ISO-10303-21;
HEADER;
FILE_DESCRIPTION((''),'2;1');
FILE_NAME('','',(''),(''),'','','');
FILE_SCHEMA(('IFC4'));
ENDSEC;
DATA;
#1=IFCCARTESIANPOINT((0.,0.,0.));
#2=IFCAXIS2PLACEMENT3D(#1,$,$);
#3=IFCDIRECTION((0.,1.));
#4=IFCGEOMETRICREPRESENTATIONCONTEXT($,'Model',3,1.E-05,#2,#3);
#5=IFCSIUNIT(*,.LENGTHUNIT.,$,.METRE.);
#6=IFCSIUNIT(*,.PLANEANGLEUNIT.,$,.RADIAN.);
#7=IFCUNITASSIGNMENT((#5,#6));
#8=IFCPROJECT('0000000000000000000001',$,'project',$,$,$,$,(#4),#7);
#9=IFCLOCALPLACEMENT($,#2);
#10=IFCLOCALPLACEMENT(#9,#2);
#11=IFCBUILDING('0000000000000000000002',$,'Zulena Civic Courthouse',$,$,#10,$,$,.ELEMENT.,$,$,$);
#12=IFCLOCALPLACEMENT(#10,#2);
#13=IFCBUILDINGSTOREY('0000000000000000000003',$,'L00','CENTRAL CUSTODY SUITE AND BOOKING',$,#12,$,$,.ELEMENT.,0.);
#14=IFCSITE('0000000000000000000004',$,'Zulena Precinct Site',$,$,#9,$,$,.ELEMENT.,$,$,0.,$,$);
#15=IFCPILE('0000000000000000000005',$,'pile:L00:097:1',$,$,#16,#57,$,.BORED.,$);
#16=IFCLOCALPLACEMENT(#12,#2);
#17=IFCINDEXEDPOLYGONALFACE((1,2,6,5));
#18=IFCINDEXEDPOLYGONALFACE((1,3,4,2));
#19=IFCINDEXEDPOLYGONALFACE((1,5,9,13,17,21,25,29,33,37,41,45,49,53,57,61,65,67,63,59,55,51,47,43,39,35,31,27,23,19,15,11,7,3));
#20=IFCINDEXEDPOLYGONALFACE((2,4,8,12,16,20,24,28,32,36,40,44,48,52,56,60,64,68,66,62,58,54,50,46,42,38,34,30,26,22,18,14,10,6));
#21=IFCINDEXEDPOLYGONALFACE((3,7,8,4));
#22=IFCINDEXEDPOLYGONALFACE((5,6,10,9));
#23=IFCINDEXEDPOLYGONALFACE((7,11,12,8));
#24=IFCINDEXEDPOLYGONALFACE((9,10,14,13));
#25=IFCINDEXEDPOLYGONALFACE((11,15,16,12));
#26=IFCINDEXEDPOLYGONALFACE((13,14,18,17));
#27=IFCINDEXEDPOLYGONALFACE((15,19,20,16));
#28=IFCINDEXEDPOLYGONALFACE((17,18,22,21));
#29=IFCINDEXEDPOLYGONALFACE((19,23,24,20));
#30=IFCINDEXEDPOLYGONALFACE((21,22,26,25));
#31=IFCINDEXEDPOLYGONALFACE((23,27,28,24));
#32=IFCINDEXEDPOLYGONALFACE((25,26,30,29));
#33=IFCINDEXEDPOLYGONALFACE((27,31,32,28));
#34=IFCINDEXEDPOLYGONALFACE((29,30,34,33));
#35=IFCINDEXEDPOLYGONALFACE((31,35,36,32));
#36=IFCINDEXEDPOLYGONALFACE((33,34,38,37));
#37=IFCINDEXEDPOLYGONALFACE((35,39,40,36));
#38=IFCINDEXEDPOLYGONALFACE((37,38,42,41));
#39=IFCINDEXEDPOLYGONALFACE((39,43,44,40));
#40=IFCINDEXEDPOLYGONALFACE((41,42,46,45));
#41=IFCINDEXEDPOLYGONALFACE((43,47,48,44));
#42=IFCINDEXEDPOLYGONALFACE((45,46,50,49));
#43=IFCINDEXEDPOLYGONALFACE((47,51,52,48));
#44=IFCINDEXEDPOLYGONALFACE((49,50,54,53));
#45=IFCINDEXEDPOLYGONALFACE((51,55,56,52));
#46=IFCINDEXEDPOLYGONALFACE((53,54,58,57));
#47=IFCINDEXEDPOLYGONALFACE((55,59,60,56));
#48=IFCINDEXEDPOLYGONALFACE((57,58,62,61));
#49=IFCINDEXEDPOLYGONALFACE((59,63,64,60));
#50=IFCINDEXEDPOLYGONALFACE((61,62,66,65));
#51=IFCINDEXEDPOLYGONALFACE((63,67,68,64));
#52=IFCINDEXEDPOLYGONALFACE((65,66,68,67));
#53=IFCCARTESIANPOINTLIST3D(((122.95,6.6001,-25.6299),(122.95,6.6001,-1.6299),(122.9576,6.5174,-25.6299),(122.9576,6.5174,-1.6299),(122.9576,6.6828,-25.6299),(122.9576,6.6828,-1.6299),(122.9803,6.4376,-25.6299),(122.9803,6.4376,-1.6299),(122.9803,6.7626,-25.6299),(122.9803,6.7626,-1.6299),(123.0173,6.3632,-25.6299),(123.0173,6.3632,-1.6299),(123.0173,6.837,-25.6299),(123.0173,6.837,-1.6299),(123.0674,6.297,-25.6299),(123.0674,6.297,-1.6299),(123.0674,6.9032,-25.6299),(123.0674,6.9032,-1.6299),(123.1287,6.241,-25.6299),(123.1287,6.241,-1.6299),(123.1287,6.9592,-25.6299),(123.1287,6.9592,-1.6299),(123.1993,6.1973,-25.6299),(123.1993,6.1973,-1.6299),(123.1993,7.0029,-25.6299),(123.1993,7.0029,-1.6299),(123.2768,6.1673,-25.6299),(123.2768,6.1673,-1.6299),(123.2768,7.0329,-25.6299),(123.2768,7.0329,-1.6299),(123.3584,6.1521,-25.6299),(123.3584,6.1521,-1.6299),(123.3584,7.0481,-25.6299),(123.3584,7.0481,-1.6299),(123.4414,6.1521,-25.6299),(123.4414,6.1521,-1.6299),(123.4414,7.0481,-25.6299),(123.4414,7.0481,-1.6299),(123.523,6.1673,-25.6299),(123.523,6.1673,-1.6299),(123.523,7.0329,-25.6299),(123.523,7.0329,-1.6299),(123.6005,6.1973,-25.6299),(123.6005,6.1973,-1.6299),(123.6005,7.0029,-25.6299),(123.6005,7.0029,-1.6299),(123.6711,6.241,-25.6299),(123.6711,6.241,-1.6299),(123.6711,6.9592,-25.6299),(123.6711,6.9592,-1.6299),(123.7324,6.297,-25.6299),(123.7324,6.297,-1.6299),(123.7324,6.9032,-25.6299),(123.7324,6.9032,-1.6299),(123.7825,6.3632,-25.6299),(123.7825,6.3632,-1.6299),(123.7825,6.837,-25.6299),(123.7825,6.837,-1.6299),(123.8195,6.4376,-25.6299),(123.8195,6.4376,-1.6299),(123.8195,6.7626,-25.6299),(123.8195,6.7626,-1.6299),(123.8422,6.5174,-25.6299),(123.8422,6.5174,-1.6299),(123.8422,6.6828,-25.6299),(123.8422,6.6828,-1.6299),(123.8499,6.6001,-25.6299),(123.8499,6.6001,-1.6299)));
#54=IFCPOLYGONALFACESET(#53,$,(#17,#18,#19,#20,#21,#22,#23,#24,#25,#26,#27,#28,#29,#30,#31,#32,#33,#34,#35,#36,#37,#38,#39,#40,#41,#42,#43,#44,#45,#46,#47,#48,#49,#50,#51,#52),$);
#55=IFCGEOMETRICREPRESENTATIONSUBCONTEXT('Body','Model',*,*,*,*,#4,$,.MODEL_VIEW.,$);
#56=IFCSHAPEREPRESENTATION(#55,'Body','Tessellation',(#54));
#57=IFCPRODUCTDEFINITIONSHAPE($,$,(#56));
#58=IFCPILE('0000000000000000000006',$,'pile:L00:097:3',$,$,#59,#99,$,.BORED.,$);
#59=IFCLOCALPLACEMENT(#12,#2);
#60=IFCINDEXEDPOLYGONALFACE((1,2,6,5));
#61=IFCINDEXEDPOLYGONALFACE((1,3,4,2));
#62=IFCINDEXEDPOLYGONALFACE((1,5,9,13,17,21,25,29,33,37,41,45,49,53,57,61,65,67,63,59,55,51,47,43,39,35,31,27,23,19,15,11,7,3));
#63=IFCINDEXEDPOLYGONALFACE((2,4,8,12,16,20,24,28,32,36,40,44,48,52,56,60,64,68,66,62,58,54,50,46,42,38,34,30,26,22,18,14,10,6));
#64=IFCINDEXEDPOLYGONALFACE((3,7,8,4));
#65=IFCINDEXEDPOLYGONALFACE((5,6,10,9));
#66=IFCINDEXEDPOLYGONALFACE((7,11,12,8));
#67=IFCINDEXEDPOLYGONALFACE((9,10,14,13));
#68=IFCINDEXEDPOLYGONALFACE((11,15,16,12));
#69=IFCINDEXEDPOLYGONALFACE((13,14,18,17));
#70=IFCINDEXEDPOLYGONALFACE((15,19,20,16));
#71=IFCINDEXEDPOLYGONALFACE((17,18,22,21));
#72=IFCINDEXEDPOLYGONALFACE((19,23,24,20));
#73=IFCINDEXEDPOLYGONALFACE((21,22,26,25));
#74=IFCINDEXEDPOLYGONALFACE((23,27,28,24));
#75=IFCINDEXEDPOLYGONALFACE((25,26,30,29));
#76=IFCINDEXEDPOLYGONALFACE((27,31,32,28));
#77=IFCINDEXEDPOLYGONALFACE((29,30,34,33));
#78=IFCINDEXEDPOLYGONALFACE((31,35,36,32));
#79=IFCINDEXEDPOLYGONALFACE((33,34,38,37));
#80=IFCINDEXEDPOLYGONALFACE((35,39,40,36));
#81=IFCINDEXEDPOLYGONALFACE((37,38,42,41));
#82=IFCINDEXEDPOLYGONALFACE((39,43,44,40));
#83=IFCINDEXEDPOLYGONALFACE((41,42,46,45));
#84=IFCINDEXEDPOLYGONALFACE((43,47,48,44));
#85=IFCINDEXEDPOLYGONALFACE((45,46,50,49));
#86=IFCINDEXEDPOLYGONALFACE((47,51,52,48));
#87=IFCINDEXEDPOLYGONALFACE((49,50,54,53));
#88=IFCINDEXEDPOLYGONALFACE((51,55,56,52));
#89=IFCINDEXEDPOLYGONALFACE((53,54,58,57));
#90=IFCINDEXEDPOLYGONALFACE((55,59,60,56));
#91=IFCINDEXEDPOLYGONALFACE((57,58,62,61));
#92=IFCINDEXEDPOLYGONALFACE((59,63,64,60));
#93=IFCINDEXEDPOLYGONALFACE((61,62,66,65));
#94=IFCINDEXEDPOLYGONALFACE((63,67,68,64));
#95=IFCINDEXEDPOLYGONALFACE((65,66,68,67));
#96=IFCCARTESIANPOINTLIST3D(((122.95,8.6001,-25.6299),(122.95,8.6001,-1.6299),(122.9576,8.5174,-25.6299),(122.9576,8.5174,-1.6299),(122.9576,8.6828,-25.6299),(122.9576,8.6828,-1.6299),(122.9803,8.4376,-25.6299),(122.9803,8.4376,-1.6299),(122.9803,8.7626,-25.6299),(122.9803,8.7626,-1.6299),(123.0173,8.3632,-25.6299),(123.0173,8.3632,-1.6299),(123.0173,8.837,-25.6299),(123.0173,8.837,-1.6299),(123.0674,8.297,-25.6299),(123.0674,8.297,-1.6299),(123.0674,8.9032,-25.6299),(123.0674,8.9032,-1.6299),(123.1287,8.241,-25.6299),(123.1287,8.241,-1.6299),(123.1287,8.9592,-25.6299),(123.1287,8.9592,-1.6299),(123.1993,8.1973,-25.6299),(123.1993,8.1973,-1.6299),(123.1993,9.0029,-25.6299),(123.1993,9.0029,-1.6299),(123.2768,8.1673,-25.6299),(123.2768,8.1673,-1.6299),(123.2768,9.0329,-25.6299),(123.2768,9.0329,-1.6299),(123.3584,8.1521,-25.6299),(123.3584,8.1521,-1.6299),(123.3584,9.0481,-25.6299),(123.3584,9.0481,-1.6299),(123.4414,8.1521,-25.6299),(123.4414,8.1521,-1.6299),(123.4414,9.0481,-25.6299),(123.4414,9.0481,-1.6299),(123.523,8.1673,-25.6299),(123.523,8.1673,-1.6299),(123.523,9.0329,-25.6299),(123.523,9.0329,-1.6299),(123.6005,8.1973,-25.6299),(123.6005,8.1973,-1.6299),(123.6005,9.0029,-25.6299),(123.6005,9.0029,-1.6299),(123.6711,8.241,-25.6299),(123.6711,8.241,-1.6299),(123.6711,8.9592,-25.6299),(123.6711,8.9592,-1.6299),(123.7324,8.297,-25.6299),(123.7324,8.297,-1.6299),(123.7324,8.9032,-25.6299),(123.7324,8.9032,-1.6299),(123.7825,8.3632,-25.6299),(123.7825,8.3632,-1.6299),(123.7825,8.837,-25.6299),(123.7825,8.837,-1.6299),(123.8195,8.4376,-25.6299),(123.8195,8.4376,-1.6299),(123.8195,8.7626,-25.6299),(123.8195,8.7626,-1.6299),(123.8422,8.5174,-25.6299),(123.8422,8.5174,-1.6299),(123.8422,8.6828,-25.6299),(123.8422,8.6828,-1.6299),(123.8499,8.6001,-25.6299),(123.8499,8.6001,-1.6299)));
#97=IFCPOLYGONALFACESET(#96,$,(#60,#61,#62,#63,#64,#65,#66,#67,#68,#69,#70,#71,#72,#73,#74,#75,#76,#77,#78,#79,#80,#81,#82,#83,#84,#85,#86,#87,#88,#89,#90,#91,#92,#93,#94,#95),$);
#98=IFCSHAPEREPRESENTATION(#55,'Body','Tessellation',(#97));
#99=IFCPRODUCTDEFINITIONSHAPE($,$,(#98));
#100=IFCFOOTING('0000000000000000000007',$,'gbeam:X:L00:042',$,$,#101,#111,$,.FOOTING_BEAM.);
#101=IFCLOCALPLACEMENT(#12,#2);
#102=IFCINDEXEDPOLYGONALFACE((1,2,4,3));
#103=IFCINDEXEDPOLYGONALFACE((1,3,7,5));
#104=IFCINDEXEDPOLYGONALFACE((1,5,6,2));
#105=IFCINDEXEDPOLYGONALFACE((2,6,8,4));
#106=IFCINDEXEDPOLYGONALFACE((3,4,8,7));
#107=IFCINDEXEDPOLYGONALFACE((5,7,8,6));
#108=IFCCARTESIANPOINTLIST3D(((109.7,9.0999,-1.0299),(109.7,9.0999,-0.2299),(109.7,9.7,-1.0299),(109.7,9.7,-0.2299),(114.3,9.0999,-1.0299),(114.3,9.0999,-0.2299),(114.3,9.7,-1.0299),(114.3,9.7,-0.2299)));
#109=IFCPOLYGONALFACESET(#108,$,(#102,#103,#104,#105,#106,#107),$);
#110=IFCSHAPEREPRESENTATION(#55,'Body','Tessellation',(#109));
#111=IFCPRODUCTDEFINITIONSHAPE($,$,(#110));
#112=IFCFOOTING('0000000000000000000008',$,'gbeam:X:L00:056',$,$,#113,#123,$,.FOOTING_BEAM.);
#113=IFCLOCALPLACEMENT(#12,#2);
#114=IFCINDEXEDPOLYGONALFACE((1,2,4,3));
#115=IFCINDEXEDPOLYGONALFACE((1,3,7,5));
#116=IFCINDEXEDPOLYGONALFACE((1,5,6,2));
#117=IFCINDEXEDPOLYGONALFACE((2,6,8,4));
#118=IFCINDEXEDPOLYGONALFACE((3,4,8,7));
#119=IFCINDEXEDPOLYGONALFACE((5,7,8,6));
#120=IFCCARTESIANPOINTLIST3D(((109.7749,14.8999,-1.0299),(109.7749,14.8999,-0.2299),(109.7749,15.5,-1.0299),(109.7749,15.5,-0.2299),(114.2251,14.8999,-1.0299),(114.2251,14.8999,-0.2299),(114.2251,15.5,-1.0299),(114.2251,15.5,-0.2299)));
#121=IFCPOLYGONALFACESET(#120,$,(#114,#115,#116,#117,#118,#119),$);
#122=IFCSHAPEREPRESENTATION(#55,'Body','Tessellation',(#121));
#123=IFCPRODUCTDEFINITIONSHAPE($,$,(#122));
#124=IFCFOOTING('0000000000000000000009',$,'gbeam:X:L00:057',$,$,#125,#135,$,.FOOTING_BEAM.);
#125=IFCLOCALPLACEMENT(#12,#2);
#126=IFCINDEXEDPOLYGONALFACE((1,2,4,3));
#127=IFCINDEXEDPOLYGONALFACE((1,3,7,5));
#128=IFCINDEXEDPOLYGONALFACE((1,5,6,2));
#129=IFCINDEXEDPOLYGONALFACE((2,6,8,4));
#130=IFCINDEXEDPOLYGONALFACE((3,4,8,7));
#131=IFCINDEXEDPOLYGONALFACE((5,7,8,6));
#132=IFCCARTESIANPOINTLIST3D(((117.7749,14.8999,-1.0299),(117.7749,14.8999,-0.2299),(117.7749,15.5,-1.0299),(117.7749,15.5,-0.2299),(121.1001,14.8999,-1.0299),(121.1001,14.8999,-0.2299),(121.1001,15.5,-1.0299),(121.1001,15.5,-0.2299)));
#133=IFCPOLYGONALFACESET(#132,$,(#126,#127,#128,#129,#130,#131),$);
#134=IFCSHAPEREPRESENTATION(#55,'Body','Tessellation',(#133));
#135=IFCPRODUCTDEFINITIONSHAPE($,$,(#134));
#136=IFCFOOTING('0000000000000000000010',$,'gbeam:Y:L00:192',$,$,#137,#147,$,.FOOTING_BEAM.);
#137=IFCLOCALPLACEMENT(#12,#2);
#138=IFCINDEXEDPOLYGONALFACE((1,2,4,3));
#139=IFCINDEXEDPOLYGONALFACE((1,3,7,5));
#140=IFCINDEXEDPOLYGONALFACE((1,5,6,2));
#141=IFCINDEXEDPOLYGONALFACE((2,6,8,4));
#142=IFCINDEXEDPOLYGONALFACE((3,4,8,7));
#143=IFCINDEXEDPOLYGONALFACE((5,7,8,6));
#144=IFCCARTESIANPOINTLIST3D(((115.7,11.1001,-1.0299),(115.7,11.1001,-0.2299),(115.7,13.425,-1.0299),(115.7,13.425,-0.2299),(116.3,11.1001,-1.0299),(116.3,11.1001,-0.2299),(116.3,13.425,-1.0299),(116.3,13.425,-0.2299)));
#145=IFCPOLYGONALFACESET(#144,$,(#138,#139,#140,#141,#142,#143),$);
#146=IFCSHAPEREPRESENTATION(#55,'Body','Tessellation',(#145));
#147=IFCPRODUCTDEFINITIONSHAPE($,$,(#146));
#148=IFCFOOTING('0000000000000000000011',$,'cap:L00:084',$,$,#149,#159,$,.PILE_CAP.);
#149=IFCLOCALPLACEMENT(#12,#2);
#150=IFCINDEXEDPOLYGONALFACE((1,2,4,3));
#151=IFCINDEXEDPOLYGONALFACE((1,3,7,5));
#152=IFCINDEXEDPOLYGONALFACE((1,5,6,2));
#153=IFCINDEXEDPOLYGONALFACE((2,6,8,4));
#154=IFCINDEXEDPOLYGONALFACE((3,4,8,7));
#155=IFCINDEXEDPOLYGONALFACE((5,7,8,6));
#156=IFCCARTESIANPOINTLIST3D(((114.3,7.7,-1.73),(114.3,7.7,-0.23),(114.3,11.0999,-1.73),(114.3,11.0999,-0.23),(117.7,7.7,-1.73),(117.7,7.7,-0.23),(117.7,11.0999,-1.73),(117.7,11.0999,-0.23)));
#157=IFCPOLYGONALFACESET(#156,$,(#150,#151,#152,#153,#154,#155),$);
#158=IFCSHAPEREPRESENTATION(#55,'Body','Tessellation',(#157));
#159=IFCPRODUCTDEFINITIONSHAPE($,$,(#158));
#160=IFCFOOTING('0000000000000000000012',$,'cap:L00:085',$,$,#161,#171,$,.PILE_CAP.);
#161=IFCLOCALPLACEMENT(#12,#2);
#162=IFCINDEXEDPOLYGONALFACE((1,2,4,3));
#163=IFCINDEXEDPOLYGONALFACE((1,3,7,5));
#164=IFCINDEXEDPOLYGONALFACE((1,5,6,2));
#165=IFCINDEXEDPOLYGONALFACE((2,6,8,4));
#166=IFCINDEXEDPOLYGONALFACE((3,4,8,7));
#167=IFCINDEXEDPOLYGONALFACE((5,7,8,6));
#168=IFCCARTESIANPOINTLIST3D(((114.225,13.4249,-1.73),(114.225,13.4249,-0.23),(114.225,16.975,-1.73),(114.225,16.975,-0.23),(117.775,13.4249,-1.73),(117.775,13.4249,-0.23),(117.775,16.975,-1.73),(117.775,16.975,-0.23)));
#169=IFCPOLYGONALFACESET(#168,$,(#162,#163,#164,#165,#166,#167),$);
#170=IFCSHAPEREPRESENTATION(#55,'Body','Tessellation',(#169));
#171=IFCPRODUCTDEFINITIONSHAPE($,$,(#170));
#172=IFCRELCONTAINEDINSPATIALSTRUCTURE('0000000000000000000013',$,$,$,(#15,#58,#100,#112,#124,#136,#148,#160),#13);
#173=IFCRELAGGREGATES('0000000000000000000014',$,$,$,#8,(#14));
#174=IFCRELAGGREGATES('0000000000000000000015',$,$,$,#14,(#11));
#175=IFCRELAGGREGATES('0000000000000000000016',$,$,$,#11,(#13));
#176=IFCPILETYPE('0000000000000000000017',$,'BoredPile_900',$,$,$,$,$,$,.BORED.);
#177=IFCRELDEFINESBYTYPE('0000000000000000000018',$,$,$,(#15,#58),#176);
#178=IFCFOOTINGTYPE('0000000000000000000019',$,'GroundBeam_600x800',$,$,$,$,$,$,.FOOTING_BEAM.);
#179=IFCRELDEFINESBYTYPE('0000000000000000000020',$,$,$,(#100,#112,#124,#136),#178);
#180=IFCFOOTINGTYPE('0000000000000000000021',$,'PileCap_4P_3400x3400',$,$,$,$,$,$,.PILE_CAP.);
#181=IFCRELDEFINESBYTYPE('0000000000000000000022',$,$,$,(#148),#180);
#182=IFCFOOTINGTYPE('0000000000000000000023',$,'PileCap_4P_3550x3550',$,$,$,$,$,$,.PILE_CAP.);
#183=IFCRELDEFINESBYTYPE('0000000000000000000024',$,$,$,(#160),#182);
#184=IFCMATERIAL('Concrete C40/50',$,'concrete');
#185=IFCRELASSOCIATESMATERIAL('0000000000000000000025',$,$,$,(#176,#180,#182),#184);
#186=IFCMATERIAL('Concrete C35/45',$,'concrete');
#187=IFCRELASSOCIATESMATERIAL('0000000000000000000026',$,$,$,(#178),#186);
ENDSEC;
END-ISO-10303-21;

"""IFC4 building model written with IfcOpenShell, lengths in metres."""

from ifc_helpers import new_model, si_unit, direction, frame, origin, origin_2d, place, context, subcontext, project, spatial, rectangle, circle, extrude, material, material_profile, profile_set, type_object, element, save


model = new_model("IFC4")

# Units and contexts
model_context = context("Model", 3, precision=1e-05, world=origin(), true_north=direction((0.0, 1.0)))
body_context = subcontext(model_context, "Body", "Model", "MODEL_VIEW")
ifc_project = project(units=[si_unit("LENGTHUNIT", "METRE"), si_unit("PLANEANGLEUNIT", "RADIAN")], contexts=[model_context])

# Site, building, storey
site_placement = place(None, origin())
site = spatial("IfcSite", under=ifc_project, at=site_placement, Name="Zulena Precinct Site", CompositionType="ELEMENT", RefElevation=0.0)
building_placement = place(site_placement, origin())
building = spatial("IfcBuilding", under=site, at=building_placement, Name="Zulena Civic Courthouse", CompositionType="ELEMENT")
storey_placement = place(building_placement, origin())
storey = spatial("IfcBuildingStorey", under=building, at=storey_placement, Name="L00", Description="CENTRAL CUSTODY SUITE AND BOOKING", CompositionType="ELEMENT", Elevation=0.0)

# Piles
ifc_material_1 = material(Name="Concrete C40/50", Category="concrete")
ifc_material_profile_1 = material_profile(ifc_material_1, circle(Radius=0.45, at=origin_2d()), Name="PILE900")
ifc_profile_set_1 = profile_set([ifc_material_profile_1], Name="Concrete C40/50")
pile_type_1 = type_object("IfcPileType", Name="BoredPile_900", PredefinedType="BORED", material=ifc_profile_set_1)
for number, where, z_axis, x_axis, name in (
    (1, (123.3999, 6.6001, -1.6299), (0.0, 0.0, -1.0), (1.0, 0.0, 0.0), "pile:L00:097:1"),
    (2, (123.3999, 8.6001, -1.6299), (0.0, 0.0, -1.0), (1.0, 0.0, 0.0), "pile:L00:097:3"),
):
    element("IfcPile", number, at=place(storey_placement, frame(where, z_axis=z_axis, x_axis=x_axis)), inside=storey, type_object=pile_type_1, Name=name, PredefinedType="BORED", context=body_context, shape_type="SweptSolid", body=[
        extrude(circle(Radius=0.45, at=origin_2d()), origin(), (0.0, 0.0, 1.0), 24.0),
    ])

# Footings
ifc_material_2 = material(Name="Concrete C35/45", Category="concrete")
ifc_material_profile_2 = material_profile(ifc_material_2, rectangle(XDim=0.6001, YDim=0.8, at=origin_2d()), Name="RC600X800")
ifc_profile_set_2 = profile_set([ifc_material_profile_2], Name="Concrete C35/45")
footing_type_1 = type_object("IfcFootingType", Name="GroundBeam_600x800", PredefinedType="FOOTING_BEAM", material=ifc_profile_set_2)
footing_1_placement = place(storey_placement, frame((109.7, 9.3999, -0.6299), z_axis=(1.0, 0.0, 0.0), x_axis=(0.0, 1.0, 0.0)))
element("IfcFooting", 3, at=footing_1_placement, inside=storey, type_object=footing_type_1, Name="gbeam:X:L00:042", PredefinedType="FOOTING_BEAM", context=body_context, shape_type="SweptSolid", body=[
    extrude(rectangle(XDim=0.6001, YDim=0.8, at=origin_2d()), origin(), (0.0, 0.0, 1.0), 4.6001),
])
footing_2_placement = place(storey_placement, frame((109.7749, 15.2, -0.6299), z_axis=(1.0, 0.0, 0.0), x_axis=(0.0, 1.0, 0.0)))
element("IfcFooting", 4, at=footing_2_placement, inside=storey, type_object=footing_type_1, Name="gbeam:X:L00:056", PredefinedType="FOOTING_BEAM", context=body_context, shape_type="SweptSolid", body=[
    extrude(rectangle(XDim=0.6001, YDim=0.8, at=origin_2d()), origin(), (0.0, 0.0, 1.0), 4.4502),
])
footing_3_placement = place(storey_placement, frame((117.7749, 15.2, -0.6299), z_axis=(1.0, 0.0, 0.0), x_axis=(0.0, 1.0, 0.0)))
element("IfcFooting", 5, at=footing_3_placement, inside=storey, type_object=footing_type_1, Name="gbeam:X:L00:057", PredefinedType="FOOTING_BEAM", context=body_context, shape_type="SweptSolid", body=[
    extrude(rectangle(XDim=0.6001, YDim=0.8, at=origin_2d()), origin(), (0.0, 0.0, 1.0), 3.3252),
])
footing_4_placement = place(storey_placement, frame((116.0, 11.1001, -0.6299), z_axis=(0.0, 1.0, 0.0), x_axis=(-1.0, 0.0, 0.0)))
element("IfcFooting", 6, at=footing_4_placement, inside=storey, type_object=footing_type_1, Name="gbeam:Y:L00:192", PredefinedType="FOOTING_BEAM", context=body_context, shape_type="SweptSolid", body=[
    extrude(rectangle(XDim=0.6001, YDim=0.8, at=origin_2d()), origin(), (0.0, 0.0, 1.0), 2.325),
])
footing_type_2 = type_object("IfcFootingType", Name="PileCap_4P_3400x3400", PredefinedType="PILE_CAP", material=ifc_material_1)
footing_5_placement = place(storey_placement, frame((116.0, 9.3999, -1.73), z_axis=(0.0, 0.0, 1.0), x_axis=(1.0, 0.0, 0.0)))
element("IfcFooting", 7, at=footing_5_placement, inside=storey, type_object=footing_type_2, Name="cap:L00:084", PredefinedType="PILE_CAP", context=body_context, shape_type="SweptSolid", body=[
    extrude(rectangle(XDim=3.3999, YDim=3.3999, at=origin_2d()), origin(), (0.0, 0.0, 1.0), 1.5),
])
footing_type_3 = type_object("IfcFootingType", Name="PileCap_4P_3550x3550", PredefinedType="PILE_CAP", material=ifc_material_1)
footing_6_placement = place(storey_placement, frame((116.0, 15.2, -1.73), z_axis=(0.0, 0.0, 1.0), x_axis=(1.0, 0.0, 0.0)))
element("IfcFooting", 8, at=footing_6_placement, inside=storey, type_object=footing_type_3, Name="cap:L00:085", PredefinedType="PILE_CAP", context=body_context, shape_type="SweptSolid", body=[
    extrude(rectangle(XDim=3.55, YDim=3.55, at=origin_2d()), origin(), (0.0, 0.0, 1.0), 1.5),
])

save(model, "model.ifc")
